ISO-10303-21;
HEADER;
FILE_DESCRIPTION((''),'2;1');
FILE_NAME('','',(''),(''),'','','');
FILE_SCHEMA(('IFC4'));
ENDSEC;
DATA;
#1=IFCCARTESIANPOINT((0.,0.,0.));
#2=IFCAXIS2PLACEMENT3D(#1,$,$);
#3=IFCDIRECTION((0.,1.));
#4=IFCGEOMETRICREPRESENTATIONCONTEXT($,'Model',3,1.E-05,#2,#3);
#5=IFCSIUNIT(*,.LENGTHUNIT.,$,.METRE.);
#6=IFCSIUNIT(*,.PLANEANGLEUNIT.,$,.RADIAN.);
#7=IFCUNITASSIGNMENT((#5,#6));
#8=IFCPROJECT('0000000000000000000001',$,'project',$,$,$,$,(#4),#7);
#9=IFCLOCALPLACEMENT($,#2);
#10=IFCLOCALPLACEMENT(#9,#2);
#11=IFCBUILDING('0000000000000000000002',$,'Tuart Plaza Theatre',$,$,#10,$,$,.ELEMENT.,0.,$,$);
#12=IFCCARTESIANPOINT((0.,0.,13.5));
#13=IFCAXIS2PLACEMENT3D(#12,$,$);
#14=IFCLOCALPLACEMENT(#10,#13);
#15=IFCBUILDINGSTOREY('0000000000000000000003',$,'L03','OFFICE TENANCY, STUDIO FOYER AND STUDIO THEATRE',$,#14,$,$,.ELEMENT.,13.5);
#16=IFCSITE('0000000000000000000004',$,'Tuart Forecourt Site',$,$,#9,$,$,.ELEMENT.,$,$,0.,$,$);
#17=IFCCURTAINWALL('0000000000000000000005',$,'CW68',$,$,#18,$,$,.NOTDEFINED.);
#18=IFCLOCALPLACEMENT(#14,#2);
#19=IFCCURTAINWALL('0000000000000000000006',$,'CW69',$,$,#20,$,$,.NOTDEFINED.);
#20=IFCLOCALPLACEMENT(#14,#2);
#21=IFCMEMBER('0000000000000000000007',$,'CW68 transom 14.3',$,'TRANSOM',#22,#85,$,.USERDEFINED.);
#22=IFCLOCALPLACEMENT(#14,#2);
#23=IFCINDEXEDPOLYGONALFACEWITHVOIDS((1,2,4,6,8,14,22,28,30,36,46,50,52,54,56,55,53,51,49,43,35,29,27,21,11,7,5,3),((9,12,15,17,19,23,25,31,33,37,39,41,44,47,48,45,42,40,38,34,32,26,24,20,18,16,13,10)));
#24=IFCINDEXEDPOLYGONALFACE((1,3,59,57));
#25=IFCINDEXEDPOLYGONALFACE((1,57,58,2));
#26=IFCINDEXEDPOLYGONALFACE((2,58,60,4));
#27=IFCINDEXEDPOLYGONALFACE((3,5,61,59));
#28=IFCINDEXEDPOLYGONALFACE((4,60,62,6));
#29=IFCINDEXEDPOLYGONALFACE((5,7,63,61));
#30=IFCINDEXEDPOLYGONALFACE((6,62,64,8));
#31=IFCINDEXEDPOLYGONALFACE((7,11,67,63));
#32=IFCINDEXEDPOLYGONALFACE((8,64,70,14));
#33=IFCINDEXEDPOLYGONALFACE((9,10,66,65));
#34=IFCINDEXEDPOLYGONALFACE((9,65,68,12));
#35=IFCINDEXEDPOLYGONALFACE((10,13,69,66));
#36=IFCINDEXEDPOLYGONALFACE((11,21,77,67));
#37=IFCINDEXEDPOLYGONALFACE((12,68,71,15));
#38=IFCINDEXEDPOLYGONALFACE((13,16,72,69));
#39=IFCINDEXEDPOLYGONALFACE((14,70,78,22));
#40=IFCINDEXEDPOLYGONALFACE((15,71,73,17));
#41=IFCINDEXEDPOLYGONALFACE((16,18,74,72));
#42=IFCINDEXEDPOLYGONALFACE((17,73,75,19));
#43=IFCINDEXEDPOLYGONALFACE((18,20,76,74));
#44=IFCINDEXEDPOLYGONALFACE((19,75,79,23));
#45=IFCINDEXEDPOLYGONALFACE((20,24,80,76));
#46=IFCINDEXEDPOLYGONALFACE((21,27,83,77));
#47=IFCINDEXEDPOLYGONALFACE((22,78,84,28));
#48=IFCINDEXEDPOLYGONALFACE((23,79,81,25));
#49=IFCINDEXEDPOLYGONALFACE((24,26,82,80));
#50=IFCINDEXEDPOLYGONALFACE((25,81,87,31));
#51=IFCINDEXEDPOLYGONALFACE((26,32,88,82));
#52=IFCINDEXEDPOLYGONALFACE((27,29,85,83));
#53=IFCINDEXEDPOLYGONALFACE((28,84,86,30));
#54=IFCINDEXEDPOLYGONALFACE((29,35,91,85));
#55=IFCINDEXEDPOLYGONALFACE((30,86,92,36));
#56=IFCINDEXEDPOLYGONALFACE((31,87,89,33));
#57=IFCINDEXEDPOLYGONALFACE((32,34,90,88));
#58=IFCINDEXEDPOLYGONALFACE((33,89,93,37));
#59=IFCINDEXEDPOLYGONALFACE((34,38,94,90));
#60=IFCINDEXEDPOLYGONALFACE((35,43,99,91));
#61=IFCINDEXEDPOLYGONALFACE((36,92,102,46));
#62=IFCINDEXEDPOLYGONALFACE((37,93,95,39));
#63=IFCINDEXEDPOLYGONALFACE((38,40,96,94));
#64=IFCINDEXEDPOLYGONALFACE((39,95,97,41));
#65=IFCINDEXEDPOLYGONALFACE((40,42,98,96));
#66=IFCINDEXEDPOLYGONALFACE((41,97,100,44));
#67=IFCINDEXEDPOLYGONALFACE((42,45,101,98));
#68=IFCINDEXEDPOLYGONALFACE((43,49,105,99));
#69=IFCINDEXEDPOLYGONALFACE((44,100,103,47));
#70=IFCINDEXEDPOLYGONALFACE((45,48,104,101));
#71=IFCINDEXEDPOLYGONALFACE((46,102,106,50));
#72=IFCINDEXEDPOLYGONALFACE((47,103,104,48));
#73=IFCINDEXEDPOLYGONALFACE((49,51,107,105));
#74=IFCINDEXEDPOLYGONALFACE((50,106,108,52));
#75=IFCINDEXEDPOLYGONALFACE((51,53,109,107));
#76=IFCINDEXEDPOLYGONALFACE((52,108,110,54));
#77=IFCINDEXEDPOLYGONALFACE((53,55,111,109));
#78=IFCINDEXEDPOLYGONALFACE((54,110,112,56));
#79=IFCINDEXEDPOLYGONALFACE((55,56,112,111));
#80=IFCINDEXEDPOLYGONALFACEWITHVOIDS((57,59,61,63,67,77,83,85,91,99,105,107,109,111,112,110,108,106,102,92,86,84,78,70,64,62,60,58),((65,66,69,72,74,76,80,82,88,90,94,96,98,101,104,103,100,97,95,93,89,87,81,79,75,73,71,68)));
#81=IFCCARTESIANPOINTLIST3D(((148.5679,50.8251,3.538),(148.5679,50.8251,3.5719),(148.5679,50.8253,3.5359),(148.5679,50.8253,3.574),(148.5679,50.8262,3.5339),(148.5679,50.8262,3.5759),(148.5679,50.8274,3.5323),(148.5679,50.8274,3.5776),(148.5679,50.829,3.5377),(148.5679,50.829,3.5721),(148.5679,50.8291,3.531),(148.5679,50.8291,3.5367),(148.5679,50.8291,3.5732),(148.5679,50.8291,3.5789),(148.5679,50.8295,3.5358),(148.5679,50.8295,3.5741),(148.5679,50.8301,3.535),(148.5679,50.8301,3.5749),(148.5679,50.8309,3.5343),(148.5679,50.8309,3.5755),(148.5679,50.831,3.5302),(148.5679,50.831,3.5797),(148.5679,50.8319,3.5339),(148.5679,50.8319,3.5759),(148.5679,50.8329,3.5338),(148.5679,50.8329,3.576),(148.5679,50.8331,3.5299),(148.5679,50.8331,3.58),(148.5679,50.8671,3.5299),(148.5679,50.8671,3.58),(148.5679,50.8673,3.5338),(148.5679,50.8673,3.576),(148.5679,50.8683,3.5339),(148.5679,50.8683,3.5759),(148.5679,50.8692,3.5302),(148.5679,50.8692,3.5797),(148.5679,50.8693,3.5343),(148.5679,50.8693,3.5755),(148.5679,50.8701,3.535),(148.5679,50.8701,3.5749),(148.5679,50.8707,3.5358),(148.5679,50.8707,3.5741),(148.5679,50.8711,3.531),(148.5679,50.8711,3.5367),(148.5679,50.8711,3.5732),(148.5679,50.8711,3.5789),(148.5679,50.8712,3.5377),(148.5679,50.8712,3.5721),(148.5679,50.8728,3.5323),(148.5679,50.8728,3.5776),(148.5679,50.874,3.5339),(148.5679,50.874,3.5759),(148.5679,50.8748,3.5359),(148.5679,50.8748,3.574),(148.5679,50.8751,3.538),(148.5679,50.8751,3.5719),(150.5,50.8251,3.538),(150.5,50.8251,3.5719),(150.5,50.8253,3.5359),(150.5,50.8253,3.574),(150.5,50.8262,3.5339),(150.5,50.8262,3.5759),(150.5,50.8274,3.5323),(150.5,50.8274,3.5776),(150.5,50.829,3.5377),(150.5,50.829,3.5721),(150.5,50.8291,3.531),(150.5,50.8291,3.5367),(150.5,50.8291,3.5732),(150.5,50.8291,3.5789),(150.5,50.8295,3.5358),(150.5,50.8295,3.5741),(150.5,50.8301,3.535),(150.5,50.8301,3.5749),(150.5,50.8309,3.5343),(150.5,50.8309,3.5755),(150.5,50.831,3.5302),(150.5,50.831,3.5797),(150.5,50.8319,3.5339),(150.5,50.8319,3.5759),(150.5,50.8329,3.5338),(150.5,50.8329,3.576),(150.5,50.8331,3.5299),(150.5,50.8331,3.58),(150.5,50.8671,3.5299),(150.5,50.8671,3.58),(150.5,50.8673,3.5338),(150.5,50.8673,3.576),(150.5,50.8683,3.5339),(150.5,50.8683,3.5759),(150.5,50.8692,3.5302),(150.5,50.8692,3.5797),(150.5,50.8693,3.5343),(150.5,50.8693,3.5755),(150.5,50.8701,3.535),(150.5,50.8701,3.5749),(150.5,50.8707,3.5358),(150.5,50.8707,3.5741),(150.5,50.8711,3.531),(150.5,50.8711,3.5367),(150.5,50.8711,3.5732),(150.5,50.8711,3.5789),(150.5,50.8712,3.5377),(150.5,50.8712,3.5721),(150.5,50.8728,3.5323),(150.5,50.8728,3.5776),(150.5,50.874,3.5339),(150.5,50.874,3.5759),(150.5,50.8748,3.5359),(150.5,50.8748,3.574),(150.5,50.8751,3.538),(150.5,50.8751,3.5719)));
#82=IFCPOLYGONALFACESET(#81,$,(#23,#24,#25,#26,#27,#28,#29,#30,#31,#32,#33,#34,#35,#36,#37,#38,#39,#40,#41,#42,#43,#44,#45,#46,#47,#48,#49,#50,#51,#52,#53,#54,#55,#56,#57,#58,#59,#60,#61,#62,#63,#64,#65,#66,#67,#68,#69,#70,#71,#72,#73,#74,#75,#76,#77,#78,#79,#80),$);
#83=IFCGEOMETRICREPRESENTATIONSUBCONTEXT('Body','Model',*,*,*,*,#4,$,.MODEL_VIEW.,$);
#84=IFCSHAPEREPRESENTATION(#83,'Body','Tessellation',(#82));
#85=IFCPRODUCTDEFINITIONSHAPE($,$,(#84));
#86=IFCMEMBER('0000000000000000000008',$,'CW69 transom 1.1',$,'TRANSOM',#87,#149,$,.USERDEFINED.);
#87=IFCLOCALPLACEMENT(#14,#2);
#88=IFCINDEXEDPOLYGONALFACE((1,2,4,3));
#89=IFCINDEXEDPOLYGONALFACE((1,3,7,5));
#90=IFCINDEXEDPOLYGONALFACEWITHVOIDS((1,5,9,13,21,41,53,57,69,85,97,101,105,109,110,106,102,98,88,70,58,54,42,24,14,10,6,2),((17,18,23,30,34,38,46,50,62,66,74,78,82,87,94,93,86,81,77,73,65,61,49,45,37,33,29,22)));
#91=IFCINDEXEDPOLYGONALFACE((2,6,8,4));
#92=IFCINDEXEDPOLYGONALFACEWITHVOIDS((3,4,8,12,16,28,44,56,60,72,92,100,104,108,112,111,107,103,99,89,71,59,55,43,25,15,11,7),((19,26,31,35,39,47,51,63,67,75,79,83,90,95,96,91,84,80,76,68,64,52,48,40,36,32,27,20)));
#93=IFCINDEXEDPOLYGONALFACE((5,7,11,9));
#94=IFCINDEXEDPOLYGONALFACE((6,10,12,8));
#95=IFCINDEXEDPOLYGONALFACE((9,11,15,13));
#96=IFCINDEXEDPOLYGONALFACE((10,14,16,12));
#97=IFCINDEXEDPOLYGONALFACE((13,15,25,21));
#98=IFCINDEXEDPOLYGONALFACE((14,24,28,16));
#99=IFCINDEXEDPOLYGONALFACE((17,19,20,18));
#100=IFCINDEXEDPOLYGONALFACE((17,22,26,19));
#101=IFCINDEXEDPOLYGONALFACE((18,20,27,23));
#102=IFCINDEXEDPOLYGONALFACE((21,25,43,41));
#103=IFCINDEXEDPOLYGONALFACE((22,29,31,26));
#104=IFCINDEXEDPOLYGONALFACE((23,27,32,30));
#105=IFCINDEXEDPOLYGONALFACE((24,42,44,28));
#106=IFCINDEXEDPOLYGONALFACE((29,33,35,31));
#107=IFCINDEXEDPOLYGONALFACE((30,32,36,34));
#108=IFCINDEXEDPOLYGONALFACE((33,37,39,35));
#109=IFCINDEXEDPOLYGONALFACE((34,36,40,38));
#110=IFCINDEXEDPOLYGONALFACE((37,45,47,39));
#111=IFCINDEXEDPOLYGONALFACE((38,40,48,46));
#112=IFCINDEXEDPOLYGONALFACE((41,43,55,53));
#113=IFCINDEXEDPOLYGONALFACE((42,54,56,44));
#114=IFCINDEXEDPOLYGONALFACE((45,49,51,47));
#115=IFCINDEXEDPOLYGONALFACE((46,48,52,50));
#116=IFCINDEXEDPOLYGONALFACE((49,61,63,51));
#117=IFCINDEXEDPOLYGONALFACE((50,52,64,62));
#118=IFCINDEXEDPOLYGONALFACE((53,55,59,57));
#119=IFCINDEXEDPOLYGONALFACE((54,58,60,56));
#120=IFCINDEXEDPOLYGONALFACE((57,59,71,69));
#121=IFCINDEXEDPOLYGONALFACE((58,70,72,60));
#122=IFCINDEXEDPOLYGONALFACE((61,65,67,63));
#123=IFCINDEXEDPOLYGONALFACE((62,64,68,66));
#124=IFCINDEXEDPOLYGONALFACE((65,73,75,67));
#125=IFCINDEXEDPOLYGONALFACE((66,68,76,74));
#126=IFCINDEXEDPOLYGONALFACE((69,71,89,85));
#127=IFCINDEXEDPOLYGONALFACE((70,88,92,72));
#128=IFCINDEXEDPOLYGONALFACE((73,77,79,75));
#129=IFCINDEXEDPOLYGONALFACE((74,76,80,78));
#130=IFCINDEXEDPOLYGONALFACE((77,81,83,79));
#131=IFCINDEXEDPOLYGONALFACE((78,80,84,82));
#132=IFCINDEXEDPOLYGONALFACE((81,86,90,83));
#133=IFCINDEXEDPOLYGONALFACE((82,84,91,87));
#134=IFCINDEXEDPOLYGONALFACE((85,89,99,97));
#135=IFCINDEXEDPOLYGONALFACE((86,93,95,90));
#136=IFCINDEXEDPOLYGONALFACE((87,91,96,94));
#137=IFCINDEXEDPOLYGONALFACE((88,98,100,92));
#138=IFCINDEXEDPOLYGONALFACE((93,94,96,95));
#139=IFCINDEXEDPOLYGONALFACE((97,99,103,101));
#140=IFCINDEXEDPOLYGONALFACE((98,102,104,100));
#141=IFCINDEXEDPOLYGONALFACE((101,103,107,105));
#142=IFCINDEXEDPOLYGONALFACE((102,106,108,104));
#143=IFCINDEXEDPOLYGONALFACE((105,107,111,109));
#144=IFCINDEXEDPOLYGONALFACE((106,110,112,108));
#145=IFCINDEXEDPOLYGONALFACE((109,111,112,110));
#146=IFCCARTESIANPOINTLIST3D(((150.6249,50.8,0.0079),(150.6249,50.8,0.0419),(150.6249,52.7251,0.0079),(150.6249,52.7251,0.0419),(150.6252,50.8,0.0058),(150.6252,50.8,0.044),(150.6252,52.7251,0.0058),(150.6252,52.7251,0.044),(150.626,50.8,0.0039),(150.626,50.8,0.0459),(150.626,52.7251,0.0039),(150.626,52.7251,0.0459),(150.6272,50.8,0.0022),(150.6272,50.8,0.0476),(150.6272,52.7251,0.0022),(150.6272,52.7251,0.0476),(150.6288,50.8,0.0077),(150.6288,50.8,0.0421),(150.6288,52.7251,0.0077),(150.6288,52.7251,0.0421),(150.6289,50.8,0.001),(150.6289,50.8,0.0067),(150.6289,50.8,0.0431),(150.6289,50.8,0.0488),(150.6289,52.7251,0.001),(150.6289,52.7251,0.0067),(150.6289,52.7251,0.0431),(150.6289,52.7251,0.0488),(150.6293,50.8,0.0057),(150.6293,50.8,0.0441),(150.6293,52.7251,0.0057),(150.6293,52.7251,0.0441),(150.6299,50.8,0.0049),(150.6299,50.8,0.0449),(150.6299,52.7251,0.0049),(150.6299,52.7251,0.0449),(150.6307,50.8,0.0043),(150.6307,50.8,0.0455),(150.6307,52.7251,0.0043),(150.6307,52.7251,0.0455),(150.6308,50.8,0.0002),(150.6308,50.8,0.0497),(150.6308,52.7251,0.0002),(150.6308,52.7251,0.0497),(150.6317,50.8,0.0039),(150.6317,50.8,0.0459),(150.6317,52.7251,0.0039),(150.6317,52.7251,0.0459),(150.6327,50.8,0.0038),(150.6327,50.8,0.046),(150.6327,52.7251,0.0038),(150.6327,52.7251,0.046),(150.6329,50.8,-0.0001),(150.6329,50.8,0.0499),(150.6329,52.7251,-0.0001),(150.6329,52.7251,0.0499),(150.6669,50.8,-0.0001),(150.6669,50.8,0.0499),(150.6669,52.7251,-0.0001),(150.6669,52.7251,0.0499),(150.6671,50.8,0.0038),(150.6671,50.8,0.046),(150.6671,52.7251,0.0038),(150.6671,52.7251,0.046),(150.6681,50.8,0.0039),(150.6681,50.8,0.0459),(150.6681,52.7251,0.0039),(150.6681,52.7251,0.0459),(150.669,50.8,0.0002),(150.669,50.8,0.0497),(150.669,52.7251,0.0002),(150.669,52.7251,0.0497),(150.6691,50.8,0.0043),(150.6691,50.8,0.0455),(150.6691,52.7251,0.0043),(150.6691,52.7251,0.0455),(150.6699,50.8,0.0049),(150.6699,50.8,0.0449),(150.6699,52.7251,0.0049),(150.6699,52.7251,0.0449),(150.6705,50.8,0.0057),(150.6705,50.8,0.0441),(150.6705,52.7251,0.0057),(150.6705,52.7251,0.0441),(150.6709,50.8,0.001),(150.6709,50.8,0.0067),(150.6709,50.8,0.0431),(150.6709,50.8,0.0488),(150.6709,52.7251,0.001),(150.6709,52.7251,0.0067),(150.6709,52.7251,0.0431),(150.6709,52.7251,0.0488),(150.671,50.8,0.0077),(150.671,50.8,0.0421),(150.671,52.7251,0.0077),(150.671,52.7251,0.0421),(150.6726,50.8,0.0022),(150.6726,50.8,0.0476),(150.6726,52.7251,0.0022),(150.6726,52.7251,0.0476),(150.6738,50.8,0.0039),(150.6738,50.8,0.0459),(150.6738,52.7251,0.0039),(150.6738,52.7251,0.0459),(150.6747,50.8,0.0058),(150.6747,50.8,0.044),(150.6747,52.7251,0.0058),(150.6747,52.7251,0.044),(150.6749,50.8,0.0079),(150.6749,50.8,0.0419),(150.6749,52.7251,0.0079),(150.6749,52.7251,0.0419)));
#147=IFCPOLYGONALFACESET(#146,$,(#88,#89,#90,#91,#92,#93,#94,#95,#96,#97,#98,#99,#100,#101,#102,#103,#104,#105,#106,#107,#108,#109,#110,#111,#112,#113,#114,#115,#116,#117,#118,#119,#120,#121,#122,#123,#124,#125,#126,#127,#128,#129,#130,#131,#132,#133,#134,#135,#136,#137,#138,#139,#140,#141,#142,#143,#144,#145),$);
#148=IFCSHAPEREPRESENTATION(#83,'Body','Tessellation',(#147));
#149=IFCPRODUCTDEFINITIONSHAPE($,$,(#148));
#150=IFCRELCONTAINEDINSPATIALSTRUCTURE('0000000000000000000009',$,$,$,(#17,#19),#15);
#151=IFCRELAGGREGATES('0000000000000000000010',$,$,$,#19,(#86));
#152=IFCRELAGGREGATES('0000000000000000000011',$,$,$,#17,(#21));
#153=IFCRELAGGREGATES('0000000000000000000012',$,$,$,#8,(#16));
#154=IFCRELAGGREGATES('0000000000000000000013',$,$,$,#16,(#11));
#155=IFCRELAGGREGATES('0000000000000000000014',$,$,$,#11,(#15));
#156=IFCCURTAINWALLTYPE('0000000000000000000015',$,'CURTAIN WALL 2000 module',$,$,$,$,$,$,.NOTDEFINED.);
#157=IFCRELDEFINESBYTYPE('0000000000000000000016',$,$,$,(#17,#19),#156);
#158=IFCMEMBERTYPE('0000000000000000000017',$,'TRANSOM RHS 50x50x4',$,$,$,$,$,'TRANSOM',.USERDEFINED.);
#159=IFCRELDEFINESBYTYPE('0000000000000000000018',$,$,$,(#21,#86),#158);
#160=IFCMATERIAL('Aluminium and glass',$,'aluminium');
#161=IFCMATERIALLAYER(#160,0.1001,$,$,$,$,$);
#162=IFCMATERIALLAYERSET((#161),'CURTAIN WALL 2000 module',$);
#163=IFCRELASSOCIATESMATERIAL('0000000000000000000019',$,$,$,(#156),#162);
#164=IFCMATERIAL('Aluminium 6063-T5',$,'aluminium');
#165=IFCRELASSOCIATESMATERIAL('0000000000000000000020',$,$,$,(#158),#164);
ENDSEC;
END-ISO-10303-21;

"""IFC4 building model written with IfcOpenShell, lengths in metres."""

from ifc_helpers import new_model, si_unit, direction, frame, origin, origin_2d, place, context, subcontext, project, spatial, hollow_rectangle, extrude, material, layer, layer_set, material_profile, profile_set, type_object, element, aggregate, save


model = new_model("IFC4")

# Units and contexts
model_context = context("Model", 3, precision=1e-05, world=origin(), true_north=direction((0.0, 1.0)))
body_context = subcontext(model_context, "Body", "Model", "MODEL_VIEW")
ifc_project = project(units=[si_unit("LENGTHUNIT", "METRE"), si_unit("PLANEANGLEUNIT", "RADIAN")], contexts=[model_context])

# Site, building, storey
site_placement = place(None, origin())
site = spatial("IfcSite", under=ifc_project, at=site_placement, Name="Tuart Forecourt Site", CompositionType="ELEMENT", RefElevation=0.0)
building_placement = place(site_placement, origin())
building = spatial("IfcBuilding", under=site, at=building_placement, Name="Tuart Plaza Theatre", CompositionType="ELEMENT", ElevationOfRefHeight=0.0)
storey_placement = place(building_placement, frame((0.0, 0.0, 13.5)))
storey = spatial("IfcBuildingStorey", under=building, at=storey_placement, Name="L03", Description="OFFICE TENANCY, STUDIO FOYER AND STUDIO THEATRE", CompositionType="ELEMENT", Elevation=13.5)

# Curtain wall
ifc_material_1 = material(Name="Aluminium and glass", Category="aluminium")
ifc_layer_1 = layer(ifc_material_1, 0.1001)
ifc_layer_set_1 = layer_set([ifc_layer_1], Name="CURTAIN WALL 2000 module")
curtain_wall_type = type_object("IfcCurtainWallType", Name="CURTAIN WALL 2000 module", PredefinedType="NOTDEFINED", material=ifc_layer_set_1)
curtain_wall_1_placement = place(storey_placement, origin())
curtain_wall_1 = element("IfcCurtainWall", 1, at=curtain_wall_1_placement, inside=storey, type_object=curtain_wall_type, Name="CW68", PredefinedType="NOTDEFINED")

# Curtain wall
curtain_wall_2_placement = place(storey_placement, origin())
curtain_wall_2 = element("IfcCurtainWall", 2, at=curtain_wall_2_placement, inside=storey, type_object=curtain_wall_type, Name="CW69", PredefinedType="NOTDEFINED")

# Members
ifc_material_2 = material(Name="Aluminium 6063-T5", Category="aluminium")
ifc_material_profile_1 = material_profile(ifc_material_2, hollow_rectangle(XDim=0.05, YDim=0.05, WallThickness=0.0039, InnerFilletRadius=0.0039, OuterFilletRadius=0.0081, at=origin_2d()), Name="RHS 50x50x4")
ifc_profile_set_1 = profile_set([ifc_material_profile_1], Name="Aluminium 6063-T5")
member_type_1 = type_object("IfcMemberType", Name="TRANSOM RHS 50x50x4", ElementType="TRANSOM", PredefinedType="USERDEFINED", material=ifc_profile_set_1)
member_1_placement = place(storey_placement, frame((148.5679, 50.8501, 3.5549), z_axis=(1.0, 0.0, 0.0), x_axis=(0.0, 1.0, 0.0)))
member_1 = element("IfcMember", 3, at=member_1_placement, type_object=member_type_1, Name="CW68 transom 14.3", ObjectType="TRANSOM", PredefinedType="USERDEFINED", context=body_context, shape_type="SweptSolid", body=[
    extrude(hollow_rectangle(XDim=0.05, YDim=0.05, WallThickness=0.0039, InnerFilletRadius=0.0039, OuterFilletRadius=0.0081, at=origin_2d()), origin(), (0.0, 0.0, 1.0), 1.9321),
])
member_2_placement = place(storey_placement, frame((150.6499, 50.8, 0.0249), z_axis=(0.0, 1.0, 0.0), x_axis=(-1.0, 0.0, 0.0)))
member_2 = element("IfcMember", 4, at=member_2_placement, type_object=member_type_1, Name="CW69 transom 1.1", ObjectType="TRANSOM", PredefinedType="USERDEFINED", context=body_context, shape_type="SweptSolid", body=[
    extrude(hollow_rectangle(XDim=0.05, YDim=0.05, WallThickness=0.0039, InnerFilletRadius=0.0039, OuterFilletRadius=0.0081, at=origin_2d()), origin(), (0.0, 0.0, 1.0), 1.925),
])
aggregate(curtain_wall_2, [member_2])

aggregate(curtain_wall_1, [member_1])

save(model, "model.ifc")
